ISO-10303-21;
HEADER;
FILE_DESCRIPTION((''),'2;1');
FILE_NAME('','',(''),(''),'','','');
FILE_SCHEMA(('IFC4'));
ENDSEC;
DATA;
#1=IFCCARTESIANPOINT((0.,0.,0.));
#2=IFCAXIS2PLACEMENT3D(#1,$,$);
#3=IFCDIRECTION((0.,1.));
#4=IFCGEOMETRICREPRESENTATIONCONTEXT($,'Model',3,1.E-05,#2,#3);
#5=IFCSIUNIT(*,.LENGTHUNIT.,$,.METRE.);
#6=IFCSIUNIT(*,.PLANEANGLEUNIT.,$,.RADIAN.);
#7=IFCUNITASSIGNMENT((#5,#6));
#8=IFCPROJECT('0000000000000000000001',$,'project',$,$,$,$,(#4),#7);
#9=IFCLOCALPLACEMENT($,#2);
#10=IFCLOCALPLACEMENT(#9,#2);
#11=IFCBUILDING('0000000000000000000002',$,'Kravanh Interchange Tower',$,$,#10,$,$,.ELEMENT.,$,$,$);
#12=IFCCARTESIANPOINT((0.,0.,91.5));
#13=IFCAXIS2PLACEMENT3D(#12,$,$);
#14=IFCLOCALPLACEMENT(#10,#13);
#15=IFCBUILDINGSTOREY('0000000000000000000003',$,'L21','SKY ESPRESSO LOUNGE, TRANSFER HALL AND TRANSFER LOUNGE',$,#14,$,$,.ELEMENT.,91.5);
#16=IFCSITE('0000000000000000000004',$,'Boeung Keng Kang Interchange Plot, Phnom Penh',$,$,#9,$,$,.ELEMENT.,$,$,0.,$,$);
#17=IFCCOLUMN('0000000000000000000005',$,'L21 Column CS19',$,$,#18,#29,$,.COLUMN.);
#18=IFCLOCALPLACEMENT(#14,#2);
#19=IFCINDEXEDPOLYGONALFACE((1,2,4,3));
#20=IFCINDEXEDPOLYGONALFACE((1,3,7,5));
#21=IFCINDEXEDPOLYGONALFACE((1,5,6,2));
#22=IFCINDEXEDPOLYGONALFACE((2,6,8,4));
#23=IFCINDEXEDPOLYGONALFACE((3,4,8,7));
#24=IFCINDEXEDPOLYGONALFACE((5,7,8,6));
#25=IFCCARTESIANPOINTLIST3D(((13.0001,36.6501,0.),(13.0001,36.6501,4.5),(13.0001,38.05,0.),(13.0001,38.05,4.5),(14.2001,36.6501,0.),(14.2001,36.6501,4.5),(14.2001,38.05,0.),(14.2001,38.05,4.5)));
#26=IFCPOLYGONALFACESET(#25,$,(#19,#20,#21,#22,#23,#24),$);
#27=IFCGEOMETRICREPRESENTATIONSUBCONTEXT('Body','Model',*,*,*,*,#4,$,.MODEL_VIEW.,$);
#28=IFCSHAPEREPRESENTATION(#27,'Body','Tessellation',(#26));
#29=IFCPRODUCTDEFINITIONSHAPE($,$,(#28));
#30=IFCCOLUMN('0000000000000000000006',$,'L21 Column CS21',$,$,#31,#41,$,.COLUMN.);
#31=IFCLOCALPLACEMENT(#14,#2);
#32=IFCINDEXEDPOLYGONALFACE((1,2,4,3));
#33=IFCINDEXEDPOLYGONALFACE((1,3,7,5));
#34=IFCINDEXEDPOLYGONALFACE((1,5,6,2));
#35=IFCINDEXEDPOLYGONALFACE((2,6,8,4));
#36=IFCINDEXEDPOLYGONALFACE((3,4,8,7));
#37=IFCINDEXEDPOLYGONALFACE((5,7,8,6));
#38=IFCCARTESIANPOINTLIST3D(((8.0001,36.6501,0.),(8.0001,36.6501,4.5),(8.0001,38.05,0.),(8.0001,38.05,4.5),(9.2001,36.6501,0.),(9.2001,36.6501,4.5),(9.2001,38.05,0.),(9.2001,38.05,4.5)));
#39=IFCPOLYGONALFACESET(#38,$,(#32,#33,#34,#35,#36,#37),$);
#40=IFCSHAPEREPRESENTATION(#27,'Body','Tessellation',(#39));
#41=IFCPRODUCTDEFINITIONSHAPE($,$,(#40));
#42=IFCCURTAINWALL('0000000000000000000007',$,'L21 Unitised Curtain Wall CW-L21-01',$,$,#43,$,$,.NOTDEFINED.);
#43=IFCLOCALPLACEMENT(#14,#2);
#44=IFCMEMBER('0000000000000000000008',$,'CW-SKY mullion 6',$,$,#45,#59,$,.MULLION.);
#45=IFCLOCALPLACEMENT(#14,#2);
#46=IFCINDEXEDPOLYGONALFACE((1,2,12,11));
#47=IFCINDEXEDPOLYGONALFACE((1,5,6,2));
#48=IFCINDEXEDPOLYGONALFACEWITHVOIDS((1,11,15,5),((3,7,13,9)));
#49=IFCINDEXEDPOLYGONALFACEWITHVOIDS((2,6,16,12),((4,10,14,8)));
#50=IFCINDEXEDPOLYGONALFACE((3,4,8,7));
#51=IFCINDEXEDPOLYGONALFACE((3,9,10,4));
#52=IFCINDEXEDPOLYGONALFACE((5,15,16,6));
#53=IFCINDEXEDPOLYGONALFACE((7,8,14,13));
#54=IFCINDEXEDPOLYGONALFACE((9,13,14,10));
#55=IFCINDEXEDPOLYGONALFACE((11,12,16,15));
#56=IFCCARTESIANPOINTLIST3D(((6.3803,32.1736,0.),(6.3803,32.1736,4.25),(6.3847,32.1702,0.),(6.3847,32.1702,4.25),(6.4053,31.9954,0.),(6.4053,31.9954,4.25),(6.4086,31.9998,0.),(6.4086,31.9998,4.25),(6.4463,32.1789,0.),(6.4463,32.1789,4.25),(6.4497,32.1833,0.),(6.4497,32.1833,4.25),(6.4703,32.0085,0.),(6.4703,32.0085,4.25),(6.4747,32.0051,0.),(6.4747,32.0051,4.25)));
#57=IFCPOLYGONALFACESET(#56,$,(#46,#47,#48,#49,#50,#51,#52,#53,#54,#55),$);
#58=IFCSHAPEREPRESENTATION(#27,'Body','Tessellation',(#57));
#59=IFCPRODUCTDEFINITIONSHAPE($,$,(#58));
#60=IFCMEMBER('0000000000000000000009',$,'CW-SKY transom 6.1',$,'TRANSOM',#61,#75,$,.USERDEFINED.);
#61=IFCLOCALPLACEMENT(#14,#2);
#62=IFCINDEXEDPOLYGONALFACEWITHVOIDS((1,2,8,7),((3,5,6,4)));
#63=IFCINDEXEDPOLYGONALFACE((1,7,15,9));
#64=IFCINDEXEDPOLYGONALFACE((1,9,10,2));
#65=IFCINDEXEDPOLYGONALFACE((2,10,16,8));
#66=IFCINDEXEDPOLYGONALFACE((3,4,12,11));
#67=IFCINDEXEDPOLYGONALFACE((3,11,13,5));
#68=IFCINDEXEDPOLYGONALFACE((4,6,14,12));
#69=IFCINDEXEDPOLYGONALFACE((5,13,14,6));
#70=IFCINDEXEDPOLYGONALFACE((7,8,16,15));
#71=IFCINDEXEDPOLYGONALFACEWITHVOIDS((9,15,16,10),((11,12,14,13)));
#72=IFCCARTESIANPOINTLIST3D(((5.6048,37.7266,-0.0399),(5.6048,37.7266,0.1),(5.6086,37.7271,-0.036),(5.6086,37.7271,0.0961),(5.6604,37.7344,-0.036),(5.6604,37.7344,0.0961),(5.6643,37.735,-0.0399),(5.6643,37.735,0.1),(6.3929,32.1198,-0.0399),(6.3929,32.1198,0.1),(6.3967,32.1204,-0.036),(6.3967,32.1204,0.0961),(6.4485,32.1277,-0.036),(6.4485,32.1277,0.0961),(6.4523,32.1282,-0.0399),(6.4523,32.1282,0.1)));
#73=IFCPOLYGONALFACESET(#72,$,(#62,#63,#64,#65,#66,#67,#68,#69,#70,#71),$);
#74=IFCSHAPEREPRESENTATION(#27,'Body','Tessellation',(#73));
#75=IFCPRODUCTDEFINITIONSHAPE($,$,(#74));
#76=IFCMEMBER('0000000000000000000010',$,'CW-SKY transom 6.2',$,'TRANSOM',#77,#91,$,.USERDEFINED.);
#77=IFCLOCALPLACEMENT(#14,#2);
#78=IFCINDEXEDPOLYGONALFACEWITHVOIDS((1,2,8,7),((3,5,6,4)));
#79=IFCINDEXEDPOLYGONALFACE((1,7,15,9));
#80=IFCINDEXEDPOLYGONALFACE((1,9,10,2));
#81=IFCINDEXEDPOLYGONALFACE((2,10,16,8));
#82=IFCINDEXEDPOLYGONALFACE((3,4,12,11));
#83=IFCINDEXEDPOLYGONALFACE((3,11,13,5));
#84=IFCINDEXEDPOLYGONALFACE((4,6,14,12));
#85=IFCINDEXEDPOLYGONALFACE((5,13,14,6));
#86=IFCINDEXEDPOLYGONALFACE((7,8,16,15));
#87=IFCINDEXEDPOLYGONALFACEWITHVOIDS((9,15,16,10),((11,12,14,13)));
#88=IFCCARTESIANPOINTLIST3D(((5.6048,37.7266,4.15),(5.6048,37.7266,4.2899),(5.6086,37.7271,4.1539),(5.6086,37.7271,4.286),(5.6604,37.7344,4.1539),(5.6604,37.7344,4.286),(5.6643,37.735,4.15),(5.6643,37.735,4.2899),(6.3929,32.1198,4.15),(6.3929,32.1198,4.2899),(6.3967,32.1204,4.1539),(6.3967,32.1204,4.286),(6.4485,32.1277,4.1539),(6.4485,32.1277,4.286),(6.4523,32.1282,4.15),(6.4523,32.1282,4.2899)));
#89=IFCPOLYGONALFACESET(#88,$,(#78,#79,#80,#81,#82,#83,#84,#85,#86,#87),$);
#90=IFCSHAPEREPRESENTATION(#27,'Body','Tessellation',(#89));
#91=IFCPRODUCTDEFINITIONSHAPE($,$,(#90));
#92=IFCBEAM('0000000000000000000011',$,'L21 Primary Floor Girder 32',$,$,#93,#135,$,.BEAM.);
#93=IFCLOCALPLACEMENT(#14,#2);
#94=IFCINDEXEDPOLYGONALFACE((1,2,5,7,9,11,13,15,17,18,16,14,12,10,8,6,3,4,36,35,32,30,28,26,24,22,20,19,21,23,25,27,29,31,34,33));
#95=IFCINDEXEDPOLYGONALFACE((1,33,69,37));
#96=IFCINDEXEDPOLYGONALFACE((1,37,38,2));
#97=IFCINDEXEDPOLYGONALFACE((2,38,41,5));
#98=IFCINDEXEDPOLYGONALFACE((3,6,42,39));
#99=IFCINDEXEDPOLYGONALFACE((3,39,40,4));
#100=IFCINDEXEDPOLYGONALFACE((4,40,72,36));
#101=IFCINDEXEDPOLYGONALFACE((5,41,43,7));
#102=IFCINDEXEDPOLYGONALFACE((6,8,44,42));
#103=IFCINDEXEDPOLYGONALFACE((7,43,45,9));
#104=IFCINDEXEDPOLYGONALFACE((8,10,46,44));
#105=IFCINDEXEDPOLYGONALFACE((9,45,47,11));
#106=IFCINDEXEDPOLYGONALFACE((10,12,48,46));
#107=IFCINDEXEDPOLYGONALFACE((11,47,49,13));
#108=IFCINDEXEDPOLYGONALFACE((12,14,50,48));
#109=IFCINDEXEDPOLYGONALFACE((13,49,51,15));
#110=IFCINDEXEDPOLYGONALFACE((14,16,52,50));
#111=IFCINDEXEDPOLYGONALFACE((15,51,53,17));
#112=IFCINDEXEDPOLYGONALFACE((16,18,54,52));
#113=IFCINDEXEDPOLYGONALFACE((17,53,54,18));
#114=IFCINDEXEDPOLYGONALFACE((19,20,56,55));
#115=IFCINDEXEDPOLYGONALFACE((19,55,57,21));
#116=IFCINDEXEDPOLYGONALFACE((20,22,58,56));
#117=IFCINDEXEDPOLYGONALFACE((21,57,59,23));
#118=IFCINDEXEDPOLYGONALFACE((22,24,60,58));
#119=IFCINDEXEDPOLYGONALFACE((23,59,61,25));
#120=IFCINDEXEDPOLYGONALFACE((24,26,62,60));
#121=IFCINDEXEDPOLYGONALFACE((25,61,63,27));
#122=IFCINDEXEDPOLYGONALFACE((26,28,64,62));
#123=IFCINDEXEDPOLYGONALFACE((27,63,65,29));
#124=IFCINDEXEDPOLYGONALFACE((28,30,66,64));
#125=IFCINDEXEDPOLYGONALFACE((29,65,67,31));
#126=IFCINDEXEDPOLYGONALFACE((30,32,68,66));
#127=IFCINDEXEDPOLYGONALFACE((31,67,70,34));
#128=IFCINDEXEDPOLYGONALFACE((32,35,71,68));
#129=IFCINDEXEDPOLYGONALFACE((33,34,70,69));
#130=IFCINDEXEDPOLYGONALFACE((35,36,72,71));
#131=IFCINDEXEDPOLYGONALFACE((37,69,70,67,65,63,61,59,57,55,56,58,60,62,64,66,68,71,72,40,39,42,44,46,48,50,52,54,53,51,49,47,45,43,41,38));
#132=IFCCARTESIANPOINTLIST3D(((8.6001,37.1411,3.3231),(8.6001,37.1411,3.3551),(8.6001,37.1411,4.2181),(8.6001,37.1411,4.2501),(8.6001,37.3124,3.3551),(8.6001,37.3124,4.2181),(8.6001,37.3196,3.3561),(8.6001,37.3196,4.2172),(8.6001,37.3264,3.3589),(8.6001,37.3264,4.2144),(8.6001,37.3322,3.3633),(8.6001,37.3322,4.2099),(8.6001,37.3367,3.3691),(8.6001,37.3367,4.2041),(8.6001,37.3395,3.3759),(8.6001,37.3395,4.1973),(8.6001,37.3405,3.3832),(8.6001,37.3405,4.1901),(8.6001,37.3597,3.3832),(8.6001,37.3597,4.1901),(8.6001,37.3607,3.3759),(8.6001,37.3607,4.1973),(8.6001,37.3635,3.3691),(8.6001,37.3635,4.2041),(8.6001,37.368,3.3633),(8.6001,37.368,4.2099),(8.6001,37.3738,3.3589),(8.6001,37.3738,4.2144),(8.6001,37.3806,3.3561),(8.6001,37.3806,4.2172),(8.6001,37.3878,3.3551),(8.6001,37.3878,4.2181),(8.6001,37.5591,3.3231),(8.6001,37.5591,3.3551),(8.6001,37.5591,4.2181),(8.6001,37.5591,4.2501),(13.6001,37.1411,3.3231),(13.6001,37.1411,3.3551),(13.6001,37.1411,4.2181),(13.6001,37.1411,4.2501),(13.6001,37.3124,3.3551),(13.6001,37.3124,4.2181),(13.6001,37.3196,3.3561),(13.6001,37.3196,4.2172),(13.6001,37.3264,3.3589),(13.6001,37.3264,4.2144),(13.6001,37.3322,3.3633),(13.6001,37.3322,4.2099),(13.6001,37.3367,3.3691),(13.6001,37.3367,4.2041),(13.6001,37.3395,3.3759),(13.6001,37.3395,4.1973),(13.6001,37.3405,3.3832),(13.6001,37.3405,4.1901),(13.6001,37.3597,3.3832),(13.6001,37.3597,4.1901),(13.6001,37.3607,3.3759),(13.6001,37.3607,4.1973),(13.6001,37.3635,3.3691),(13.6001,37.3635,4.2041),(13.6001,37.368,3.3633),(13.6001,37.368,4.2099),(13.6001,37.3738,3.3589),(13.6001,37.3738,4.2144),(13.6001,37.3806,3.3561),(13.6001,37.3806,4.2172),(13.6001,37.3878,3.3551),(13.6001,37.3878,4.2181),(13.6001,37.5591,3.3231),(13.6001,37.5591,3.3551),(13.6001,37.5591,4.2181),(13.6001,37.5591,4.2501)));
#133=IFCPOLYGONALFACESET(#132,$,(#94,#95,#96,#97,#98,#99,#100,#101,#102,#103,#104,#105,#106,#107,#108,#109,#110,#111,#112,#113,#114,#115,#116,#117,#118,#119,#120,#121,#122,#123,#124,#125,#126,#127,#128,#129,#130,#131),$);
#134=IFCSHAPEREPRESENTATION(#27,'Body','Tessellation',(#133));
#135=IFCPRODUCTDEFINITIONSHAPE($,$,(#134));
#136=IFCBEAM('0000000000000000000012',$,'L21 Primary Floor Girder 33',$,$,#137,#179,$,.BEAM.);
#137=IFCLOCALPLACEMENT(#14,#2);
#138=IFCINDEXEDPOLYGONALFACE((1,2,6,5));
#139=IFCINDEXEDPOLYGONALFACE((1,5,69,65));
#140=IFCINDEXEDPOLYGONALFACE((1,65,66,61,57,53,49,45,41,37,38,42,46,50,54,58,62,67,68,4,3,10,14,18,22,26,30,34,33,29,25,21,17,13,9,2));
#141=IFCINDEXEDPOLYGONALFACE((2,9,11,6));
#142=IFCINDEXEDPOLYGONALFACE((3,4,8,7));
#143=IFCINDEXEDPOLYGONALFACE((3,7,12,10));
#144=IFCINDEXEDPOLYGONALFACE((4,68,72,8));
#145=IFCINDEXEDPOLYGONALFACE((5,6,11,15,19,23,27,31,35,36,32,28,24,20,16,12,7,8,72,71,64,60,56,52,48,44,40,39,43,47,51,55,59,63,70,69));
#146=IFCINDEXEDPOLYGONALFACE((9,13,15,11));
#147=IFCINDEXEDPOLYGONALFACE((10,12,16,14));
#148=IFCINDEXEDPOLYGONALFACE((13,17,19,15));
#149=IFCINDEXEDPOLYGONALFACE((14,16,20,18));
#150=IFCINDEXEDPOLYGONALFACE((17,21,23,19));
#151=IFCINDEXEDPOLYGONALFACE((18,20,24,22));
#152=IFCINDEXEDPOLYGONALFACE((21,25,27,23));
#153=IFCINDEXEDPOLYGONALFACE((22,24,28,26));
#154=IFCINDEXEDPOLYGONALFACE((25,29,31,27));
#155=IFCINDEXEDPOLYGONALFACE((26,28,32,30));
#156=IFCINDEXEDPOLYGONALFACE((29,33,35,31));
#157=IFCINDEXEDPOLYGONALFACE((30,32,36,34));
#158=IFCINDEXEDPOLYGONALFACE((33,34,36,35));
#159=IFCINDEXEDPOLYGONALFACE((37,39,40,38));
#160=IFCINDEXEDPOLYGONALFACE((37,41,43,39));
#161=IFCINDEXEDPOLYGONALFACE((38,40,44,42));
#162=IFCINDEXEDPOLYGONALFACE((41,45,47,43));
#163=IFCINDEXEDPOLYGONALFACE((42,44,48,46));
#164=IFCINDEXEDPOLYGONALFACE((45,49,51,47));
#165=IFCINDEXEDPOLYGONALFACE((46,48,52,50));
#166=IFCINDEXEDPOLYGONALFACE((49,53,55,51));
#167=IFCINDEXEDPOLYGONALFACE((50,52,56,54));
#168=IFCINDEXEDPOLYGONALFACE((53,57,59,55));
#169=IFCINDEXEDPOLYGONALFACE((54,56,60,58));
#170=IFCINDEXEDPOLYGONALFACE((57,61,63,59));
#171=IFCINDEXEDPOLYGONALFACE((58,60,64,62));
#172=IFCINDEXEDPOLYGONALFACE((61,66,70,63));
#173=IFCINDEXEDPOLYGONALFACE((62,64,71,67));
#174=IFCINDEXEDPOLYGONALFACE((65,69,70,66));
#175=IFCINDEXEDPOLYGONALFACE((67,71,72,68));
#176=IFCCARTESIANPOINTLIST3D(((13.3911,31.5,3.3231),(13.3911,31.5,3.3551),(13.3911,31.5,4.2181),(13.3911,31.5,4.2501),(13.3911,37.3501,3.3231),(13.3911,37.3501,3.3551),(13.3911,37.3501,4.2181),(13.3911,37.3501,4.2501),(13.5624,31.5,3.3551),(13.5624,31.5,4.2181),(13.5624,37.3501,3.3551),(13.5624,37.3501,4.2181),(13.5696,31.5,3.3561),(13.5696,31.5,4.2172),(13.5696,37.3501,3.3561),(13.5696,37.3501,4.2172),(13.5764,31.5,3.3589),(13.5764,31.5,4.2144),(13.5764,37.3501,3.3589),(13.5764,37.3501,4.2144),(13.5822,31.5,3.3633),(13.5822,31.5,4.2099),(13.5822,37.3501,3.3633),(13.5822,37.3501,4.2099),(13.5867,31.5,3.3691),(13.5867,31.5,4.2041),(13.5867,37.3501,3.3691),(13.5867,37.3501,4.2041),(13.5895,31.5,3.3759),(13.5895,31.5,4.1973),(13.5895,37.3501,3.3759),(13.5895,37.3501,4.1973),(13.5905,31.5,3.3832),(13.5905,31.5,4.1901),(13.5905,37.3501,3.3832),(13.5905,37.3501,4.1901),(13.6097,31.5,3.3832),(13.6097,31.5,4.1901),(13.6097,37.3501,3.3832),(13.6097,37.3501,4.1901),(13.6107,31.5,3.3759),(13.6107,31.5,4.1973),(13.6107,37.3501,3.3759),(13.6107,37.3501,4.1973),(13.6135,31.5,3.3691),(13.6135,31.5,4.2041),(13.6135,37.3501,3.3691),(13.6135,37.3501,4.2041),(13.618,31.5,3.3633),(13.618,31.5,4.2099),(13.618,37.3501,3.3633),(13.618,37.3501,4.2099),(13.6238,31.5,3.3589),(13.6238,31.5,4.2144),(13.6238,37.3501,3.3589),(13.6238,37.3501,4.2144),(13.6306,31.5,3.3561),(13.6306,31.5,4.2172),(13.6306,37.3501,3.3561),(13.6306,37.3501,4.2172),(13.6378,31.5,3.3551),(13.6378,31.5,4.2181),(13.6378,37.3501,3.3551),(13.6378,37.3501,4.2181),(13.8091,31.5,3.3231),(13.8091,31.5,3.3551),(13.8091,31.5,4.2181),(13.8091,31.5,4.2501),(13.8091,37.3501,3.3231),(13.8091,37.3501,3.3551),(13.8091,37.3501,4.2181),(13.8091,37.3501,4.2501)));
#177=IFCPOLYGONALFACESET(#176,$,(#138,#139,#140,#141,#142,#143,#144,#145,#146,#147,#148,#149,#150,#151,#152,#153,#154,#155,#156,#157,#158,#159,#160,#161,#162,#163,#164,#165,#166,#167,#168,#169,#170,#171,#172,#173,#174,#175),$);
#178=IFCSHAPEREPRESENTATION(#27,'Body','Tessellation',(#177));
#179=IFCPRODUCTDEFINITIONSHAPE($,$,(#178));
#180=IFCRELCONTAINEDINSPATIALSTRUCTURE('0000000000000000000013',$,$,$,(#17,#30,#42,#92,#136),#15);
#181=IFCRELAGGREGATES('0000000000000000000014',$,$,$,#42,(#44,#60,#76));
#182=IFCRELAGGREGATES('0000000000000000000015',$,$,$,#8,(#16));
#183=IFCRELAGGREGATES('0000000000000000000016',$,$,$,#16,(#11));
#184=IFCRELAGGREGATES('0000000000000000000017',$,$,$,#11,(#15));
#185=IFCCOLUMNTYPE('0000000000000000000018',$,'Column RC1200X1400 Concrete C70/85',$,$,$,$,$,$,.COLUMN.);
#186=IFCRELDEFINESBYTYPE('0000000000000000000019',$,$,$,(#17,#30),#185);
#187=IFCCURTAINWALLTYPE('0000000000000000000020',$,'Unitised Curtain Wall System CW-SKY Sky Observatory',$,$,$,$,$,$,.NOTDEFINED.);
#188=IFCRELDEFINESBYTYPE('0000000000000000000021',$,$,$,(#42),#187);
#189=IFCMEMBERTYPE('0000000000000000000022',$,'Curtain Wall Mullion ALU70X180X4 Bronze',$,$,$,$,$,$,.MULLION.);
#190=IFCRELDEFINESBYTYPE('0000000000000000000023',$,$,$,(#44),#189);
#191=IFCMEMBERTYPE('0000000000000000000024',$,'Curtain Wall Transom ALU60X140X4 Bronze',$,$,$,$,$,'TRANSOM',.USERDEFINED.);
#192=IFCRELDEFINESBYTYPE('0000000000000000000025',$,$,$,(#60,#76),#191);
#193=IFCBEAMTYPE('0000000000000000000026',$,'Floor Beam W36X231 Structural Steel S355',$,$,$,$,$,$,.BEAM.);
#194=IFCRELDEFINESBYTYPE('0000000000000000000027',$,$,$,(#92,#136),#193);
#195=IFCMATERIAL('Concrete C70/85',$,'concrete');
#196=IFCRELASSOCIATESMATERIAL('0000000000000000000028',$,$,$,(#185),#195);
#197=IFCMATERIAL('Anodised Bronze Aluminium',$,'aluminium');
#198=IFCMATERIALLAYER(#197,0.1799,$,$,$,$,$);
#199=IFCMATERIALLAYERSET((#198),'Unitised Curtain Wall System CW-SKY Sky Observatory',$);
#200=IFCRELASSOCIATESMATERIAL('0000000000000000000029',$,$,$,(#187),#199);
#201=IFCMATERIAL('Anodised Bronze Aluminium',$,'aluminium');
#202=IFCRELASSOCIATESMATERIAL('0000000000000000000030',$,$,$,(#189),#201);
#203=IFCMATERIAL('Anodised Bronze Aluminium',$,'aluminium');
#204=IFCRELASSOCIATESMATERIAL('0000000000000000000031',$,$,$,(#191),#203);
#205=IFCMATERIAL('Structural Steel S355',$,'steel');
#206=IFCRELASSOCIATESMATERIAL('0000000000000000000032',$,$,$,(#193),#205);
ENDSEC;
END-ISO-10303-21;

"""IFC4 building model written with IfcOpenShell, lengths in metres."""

from ifc_helpers import new_model, si_unit, direction, frame, origin, origin_2d, place, context, subcontext, project, spatial, rectangle, hollow_rectangle, i_section, extrude, material, layer, layer_set, material_profile, profile_set, type_object, element, aggregate, save


model = new_model("IFC4")

# Units and contexts
model_context = context("Model", 3, precision=1e-05, world=origin(), true_north=direction((0.0, 1.0)))
body_context = subcontext(model_context, "Body", "Model", "MODEL_VIEW")
ifc_project = project(units=[si_unit("LENGTHUNIT", "METRE"), si_unit("PLANEANGLEUNIT", "RADIAN")], contexts=[model_context])

# Site, building, storey
site_placement = place(None, origin())
site = spatial("IfcSite", under=ifc_project, at=site_placement, Name="Boeung Keng Kang Interchange Plot, Phnom Penh", CompositionType="ELEMENT", RefElevation=0.0)
building_placement = place(site_placement, origin())
building = spatial("IfcBuilding", under=site, at=building_placement, Name="Kravanh Interchange Tower", CompositionType="ELEMENT")
storey_placement = place(building_placement, frame((0.0, 0.0, 91.5)))
storey = spatial("IfcBuildingStorey", under=building, at=storey_placement, Name="L21", Description="SKY ESPRESSO LOUNGE, TRANSFER HALL AND TRANSFER LOUNGE", CompositionType="ELEMENT", Elevation=91.5)

# Columns
ifc_material_1 = material(Name="Concrete C70/85", Category="concrete")
ifc_material_profile_1 = material_profile(ifc_material_1, rectangle(XDim=1.2, YDim=1.3999, at=origin_2d()), Name="RC1200X1400")
ifc_profile_set_1 = profile_set([ifc_material_profile_1], Name="Concrete C70/85")
column_type = type_object("IfcColumnType", Name="Column RC1200X1400 Concrete C70/85", PredefinedType="COLUMN", material=ifc_profile_set_1)
for number, where, z_axis, x_axis, name in (
    (1, (13.6001, 37.3501, 0.0), (0.0, 0.0, 1.0), (1.0, 0.0, 0.0), "L21 Column CS19"),
    (2, (8.6001, 37.3501, 0.0), (0.0, 0.0, 1.0), (1.0, 0.0, 0.0), "L21 Column CS21"),
):
    element("IfcColumn", number, at=place(storey_placement, frame(where, z_axis=z_axis, x_axis=x_axis)), inside=storey, type_object=column_type, Name=name, PredefinedType="COLUMN", context=body_context, shape_type="SweptSolid", body=[
        extrude(rectangle(XDim=1.2, YDim=1.3999, at=origin_2d()), origin(), (0.0, 0.0, 1.0), 4.5),
    ])

# Curtain wall, members
ifc_material_2 = material(Name="Anodised Bronze Aluminium", Category="aluminium")
ifc_layer_1 = layer(ifc_material_2, 0.1799)
ifc_layer_set_1 = layer_set([ifc_layer_1], Name="Unitised Curtain Wall System CW-SKY Sky Observatory")
curtain_wall_type = type_object("IfcCurtainWallType", Name="Unitised Curtain Wall System CW-SKY Sky Observatory", PredefinedType="NOTDEFINED", material=ifc_layer_set_1)
curtain_wall_placement = place(storey_placement, origin())
curtain_wall = element("IfcCurtainWall", 3, at=curtain_wall_placement, inside=storey, type_object=curtain_wall_type, Name="L21 Unitised Curtain Wall CW-L21-01", PredefinedType="NOTDEFINED")
ifc_material_3 = material(Name="Anodised Bronze Aluminium", Category="aluminium")
ifc_material_profile_2 = material_profile(ifc_material_3, hollow_rectangle(XDim=0.0701, YDim=0.1799, WallThickness=0.0039, at=origin_2d()), Name="ALU70X180X4")
ifc_profile_set_2 = profile_set([ifc_material_profile_2], Name="Anodised Bronze Aluminium")
member_type_1 = type_object("IfcMemberType", Name="Curtain Wall Mullion ALU70X180X4 Bronze", PredefinedType="MULLION", material=ifc_profile_set_2)
member_1_placement = place(storey_placement, frame((6.4275, 32.0894, 0.0), z_axis=(0.0, 0.0, 1.0), x_axis=(-0.990268, -0.139177, 0.0)))
member_1 = element("IfcMember", 4, at=member_1_placement, type_object=member_type_1, Name="CW-SKY mullion 6", PredefinedType="MULLION", context=body_context, shape_type="SweptSolid", body=[
    extrude(hollow_rectangle(XDim=0.0701, YDim=0.1799, WallThickness=0.0039, at=origin_2d()), origin(), (0.0, 0.0, 1.0), 4.25),
])
ifc_material_4 = material(Name="Anodised Bronze Aluminium", Category="aluminium")
ifc_material_profile_3 = material_profile(ifc_material_4, hollow_rectangle(XDim=0.0601, YDim=0.1399, WallThickness=0.0039, at=origin_2d()), Name="ALU60X140X4")
ifc_profile_set_3 = profile_set([ifc_material_profile_3], Name="Anodised Bronze Aluminium")
member_type_2 = type_object("IfcMemberType", Name="Curtain Wall Transom ALU60X140X4 Bronze", ElementType="TRANSOM", PredefinedType="USERDEFINED", material=ifc_profile_set_3)
member_2_placement = place(storey_placement, frame((6.4226, 32.124, 0.03), z_axis=(-0.139193, 0.990265, 0.0), x_axis=(-0.990265, -0.139193, 0.0)))
member_2 = element("IfcMember", 5, at=member_2_placement, type_object=member_type_2, Name="CW-SKY transom 6.1", ObjectType="TRANSOM", PredefinedType="USERDEFINED", context=body_context, shape_type="SweptSolid", body=[
    extrude(hollow_rectangle(XDim=0.0601, YDim=0.1399, WallThickness=0.0039, at=origin_2d()), origin(), (0.0, 0.0, 1.0), 5.6619),
])
member_3_placement = place(storey_placement, frame((6.4226, 32.124, 4.22), z_axis=(-0.139193, 0.990265, 0.0), x_axis=(-0.990265, -0.139193, 0.0)))
member_3 = element("IfcMember", 6, at=member_3_placement, type_object=member_type_2, Name="CW-SKY transom 6.2", ObjectType="TRANSOM", PredefinedType="USERDEFINED", context=body_context, shape_type="SweptSolid", body=[
    extrude(hollow_rectangle(XDim=0.0601, YDim=0.1399, WallThickness=0.0039, at=origin_2d()), origin(), (0.0, 0.0, 1.0), 5.6619),
])

# Beams
ifc_material_5 = material(Name="Structural Steel S355", Category="steel")
ifc_material_profile_4 = material_profile(ifc_material_5, i_section(OverallWidth=0.418, OverallDepth=0.927, WebThickness=0.0193, FlangeThickness=0.032, FilletRadius=0.0281, at=origin_2d()), Name="W36X231")
ifc_profile_set_4 = profile_set([ifc_material_profile_4], Name="Structural Steel S355")
beam_type = type_object("IfcBeamType", Name="Floor Beam W36X231 Structural Steel S355", PredefinedType="BEAM", material=ifc_profile_set_4)
beam_1_placement = place(storey_placement, frame((13.6001, 37.3501, 3.7866), z_axis=(-1.0, 0.0, 0.0), x_axis=(0.0, -1.0, 0.0)))
element("IfcBeam", 7, at=beam_1_placement, inside=storey, type_object=beam_type, Name="L21 Primary Floor Girder 32", PredefinedType="BEAM", context=body_context, shape_type="SweptSolid", body=[
    extrude(i_section(OverallWidth=0.418, OverallDepth=0.927, WebThickness=0.0193, FlangeThickness=0.032, FilletRadius=0.0281, at=origin_2d()), origin(), (0.0, 0.0, 1.0), 5.0),
])
beam_2_placement = place(storey_placement, frame((13.6001, 37.3501, 3.7866), z_axis=(0.0, -1.0, 0.0), x_axis=(1.0, 0.0, 0.0)))
element("IfcBeam", 8, at=beam_2_placement, inside=storey, type_object=beam_type, Name="L21 Primary Floor Girder 33", PredefinedType="BEAM", context=body_context, shape_type="SweptSolid", body=[
    extrude(i_section(OverallWidth=0.418, OverallDepth=0.927, WebThickness=0.0193, FlangeThickness=0.032, FilletRadius=0.0281, at=origin_2d()), origin(), (0.0, 0.0, 1.0), 5.8501),
])

aggregate(curtain_wall, [member_1, member_2, member_3])

save(model, "model.ifc")
